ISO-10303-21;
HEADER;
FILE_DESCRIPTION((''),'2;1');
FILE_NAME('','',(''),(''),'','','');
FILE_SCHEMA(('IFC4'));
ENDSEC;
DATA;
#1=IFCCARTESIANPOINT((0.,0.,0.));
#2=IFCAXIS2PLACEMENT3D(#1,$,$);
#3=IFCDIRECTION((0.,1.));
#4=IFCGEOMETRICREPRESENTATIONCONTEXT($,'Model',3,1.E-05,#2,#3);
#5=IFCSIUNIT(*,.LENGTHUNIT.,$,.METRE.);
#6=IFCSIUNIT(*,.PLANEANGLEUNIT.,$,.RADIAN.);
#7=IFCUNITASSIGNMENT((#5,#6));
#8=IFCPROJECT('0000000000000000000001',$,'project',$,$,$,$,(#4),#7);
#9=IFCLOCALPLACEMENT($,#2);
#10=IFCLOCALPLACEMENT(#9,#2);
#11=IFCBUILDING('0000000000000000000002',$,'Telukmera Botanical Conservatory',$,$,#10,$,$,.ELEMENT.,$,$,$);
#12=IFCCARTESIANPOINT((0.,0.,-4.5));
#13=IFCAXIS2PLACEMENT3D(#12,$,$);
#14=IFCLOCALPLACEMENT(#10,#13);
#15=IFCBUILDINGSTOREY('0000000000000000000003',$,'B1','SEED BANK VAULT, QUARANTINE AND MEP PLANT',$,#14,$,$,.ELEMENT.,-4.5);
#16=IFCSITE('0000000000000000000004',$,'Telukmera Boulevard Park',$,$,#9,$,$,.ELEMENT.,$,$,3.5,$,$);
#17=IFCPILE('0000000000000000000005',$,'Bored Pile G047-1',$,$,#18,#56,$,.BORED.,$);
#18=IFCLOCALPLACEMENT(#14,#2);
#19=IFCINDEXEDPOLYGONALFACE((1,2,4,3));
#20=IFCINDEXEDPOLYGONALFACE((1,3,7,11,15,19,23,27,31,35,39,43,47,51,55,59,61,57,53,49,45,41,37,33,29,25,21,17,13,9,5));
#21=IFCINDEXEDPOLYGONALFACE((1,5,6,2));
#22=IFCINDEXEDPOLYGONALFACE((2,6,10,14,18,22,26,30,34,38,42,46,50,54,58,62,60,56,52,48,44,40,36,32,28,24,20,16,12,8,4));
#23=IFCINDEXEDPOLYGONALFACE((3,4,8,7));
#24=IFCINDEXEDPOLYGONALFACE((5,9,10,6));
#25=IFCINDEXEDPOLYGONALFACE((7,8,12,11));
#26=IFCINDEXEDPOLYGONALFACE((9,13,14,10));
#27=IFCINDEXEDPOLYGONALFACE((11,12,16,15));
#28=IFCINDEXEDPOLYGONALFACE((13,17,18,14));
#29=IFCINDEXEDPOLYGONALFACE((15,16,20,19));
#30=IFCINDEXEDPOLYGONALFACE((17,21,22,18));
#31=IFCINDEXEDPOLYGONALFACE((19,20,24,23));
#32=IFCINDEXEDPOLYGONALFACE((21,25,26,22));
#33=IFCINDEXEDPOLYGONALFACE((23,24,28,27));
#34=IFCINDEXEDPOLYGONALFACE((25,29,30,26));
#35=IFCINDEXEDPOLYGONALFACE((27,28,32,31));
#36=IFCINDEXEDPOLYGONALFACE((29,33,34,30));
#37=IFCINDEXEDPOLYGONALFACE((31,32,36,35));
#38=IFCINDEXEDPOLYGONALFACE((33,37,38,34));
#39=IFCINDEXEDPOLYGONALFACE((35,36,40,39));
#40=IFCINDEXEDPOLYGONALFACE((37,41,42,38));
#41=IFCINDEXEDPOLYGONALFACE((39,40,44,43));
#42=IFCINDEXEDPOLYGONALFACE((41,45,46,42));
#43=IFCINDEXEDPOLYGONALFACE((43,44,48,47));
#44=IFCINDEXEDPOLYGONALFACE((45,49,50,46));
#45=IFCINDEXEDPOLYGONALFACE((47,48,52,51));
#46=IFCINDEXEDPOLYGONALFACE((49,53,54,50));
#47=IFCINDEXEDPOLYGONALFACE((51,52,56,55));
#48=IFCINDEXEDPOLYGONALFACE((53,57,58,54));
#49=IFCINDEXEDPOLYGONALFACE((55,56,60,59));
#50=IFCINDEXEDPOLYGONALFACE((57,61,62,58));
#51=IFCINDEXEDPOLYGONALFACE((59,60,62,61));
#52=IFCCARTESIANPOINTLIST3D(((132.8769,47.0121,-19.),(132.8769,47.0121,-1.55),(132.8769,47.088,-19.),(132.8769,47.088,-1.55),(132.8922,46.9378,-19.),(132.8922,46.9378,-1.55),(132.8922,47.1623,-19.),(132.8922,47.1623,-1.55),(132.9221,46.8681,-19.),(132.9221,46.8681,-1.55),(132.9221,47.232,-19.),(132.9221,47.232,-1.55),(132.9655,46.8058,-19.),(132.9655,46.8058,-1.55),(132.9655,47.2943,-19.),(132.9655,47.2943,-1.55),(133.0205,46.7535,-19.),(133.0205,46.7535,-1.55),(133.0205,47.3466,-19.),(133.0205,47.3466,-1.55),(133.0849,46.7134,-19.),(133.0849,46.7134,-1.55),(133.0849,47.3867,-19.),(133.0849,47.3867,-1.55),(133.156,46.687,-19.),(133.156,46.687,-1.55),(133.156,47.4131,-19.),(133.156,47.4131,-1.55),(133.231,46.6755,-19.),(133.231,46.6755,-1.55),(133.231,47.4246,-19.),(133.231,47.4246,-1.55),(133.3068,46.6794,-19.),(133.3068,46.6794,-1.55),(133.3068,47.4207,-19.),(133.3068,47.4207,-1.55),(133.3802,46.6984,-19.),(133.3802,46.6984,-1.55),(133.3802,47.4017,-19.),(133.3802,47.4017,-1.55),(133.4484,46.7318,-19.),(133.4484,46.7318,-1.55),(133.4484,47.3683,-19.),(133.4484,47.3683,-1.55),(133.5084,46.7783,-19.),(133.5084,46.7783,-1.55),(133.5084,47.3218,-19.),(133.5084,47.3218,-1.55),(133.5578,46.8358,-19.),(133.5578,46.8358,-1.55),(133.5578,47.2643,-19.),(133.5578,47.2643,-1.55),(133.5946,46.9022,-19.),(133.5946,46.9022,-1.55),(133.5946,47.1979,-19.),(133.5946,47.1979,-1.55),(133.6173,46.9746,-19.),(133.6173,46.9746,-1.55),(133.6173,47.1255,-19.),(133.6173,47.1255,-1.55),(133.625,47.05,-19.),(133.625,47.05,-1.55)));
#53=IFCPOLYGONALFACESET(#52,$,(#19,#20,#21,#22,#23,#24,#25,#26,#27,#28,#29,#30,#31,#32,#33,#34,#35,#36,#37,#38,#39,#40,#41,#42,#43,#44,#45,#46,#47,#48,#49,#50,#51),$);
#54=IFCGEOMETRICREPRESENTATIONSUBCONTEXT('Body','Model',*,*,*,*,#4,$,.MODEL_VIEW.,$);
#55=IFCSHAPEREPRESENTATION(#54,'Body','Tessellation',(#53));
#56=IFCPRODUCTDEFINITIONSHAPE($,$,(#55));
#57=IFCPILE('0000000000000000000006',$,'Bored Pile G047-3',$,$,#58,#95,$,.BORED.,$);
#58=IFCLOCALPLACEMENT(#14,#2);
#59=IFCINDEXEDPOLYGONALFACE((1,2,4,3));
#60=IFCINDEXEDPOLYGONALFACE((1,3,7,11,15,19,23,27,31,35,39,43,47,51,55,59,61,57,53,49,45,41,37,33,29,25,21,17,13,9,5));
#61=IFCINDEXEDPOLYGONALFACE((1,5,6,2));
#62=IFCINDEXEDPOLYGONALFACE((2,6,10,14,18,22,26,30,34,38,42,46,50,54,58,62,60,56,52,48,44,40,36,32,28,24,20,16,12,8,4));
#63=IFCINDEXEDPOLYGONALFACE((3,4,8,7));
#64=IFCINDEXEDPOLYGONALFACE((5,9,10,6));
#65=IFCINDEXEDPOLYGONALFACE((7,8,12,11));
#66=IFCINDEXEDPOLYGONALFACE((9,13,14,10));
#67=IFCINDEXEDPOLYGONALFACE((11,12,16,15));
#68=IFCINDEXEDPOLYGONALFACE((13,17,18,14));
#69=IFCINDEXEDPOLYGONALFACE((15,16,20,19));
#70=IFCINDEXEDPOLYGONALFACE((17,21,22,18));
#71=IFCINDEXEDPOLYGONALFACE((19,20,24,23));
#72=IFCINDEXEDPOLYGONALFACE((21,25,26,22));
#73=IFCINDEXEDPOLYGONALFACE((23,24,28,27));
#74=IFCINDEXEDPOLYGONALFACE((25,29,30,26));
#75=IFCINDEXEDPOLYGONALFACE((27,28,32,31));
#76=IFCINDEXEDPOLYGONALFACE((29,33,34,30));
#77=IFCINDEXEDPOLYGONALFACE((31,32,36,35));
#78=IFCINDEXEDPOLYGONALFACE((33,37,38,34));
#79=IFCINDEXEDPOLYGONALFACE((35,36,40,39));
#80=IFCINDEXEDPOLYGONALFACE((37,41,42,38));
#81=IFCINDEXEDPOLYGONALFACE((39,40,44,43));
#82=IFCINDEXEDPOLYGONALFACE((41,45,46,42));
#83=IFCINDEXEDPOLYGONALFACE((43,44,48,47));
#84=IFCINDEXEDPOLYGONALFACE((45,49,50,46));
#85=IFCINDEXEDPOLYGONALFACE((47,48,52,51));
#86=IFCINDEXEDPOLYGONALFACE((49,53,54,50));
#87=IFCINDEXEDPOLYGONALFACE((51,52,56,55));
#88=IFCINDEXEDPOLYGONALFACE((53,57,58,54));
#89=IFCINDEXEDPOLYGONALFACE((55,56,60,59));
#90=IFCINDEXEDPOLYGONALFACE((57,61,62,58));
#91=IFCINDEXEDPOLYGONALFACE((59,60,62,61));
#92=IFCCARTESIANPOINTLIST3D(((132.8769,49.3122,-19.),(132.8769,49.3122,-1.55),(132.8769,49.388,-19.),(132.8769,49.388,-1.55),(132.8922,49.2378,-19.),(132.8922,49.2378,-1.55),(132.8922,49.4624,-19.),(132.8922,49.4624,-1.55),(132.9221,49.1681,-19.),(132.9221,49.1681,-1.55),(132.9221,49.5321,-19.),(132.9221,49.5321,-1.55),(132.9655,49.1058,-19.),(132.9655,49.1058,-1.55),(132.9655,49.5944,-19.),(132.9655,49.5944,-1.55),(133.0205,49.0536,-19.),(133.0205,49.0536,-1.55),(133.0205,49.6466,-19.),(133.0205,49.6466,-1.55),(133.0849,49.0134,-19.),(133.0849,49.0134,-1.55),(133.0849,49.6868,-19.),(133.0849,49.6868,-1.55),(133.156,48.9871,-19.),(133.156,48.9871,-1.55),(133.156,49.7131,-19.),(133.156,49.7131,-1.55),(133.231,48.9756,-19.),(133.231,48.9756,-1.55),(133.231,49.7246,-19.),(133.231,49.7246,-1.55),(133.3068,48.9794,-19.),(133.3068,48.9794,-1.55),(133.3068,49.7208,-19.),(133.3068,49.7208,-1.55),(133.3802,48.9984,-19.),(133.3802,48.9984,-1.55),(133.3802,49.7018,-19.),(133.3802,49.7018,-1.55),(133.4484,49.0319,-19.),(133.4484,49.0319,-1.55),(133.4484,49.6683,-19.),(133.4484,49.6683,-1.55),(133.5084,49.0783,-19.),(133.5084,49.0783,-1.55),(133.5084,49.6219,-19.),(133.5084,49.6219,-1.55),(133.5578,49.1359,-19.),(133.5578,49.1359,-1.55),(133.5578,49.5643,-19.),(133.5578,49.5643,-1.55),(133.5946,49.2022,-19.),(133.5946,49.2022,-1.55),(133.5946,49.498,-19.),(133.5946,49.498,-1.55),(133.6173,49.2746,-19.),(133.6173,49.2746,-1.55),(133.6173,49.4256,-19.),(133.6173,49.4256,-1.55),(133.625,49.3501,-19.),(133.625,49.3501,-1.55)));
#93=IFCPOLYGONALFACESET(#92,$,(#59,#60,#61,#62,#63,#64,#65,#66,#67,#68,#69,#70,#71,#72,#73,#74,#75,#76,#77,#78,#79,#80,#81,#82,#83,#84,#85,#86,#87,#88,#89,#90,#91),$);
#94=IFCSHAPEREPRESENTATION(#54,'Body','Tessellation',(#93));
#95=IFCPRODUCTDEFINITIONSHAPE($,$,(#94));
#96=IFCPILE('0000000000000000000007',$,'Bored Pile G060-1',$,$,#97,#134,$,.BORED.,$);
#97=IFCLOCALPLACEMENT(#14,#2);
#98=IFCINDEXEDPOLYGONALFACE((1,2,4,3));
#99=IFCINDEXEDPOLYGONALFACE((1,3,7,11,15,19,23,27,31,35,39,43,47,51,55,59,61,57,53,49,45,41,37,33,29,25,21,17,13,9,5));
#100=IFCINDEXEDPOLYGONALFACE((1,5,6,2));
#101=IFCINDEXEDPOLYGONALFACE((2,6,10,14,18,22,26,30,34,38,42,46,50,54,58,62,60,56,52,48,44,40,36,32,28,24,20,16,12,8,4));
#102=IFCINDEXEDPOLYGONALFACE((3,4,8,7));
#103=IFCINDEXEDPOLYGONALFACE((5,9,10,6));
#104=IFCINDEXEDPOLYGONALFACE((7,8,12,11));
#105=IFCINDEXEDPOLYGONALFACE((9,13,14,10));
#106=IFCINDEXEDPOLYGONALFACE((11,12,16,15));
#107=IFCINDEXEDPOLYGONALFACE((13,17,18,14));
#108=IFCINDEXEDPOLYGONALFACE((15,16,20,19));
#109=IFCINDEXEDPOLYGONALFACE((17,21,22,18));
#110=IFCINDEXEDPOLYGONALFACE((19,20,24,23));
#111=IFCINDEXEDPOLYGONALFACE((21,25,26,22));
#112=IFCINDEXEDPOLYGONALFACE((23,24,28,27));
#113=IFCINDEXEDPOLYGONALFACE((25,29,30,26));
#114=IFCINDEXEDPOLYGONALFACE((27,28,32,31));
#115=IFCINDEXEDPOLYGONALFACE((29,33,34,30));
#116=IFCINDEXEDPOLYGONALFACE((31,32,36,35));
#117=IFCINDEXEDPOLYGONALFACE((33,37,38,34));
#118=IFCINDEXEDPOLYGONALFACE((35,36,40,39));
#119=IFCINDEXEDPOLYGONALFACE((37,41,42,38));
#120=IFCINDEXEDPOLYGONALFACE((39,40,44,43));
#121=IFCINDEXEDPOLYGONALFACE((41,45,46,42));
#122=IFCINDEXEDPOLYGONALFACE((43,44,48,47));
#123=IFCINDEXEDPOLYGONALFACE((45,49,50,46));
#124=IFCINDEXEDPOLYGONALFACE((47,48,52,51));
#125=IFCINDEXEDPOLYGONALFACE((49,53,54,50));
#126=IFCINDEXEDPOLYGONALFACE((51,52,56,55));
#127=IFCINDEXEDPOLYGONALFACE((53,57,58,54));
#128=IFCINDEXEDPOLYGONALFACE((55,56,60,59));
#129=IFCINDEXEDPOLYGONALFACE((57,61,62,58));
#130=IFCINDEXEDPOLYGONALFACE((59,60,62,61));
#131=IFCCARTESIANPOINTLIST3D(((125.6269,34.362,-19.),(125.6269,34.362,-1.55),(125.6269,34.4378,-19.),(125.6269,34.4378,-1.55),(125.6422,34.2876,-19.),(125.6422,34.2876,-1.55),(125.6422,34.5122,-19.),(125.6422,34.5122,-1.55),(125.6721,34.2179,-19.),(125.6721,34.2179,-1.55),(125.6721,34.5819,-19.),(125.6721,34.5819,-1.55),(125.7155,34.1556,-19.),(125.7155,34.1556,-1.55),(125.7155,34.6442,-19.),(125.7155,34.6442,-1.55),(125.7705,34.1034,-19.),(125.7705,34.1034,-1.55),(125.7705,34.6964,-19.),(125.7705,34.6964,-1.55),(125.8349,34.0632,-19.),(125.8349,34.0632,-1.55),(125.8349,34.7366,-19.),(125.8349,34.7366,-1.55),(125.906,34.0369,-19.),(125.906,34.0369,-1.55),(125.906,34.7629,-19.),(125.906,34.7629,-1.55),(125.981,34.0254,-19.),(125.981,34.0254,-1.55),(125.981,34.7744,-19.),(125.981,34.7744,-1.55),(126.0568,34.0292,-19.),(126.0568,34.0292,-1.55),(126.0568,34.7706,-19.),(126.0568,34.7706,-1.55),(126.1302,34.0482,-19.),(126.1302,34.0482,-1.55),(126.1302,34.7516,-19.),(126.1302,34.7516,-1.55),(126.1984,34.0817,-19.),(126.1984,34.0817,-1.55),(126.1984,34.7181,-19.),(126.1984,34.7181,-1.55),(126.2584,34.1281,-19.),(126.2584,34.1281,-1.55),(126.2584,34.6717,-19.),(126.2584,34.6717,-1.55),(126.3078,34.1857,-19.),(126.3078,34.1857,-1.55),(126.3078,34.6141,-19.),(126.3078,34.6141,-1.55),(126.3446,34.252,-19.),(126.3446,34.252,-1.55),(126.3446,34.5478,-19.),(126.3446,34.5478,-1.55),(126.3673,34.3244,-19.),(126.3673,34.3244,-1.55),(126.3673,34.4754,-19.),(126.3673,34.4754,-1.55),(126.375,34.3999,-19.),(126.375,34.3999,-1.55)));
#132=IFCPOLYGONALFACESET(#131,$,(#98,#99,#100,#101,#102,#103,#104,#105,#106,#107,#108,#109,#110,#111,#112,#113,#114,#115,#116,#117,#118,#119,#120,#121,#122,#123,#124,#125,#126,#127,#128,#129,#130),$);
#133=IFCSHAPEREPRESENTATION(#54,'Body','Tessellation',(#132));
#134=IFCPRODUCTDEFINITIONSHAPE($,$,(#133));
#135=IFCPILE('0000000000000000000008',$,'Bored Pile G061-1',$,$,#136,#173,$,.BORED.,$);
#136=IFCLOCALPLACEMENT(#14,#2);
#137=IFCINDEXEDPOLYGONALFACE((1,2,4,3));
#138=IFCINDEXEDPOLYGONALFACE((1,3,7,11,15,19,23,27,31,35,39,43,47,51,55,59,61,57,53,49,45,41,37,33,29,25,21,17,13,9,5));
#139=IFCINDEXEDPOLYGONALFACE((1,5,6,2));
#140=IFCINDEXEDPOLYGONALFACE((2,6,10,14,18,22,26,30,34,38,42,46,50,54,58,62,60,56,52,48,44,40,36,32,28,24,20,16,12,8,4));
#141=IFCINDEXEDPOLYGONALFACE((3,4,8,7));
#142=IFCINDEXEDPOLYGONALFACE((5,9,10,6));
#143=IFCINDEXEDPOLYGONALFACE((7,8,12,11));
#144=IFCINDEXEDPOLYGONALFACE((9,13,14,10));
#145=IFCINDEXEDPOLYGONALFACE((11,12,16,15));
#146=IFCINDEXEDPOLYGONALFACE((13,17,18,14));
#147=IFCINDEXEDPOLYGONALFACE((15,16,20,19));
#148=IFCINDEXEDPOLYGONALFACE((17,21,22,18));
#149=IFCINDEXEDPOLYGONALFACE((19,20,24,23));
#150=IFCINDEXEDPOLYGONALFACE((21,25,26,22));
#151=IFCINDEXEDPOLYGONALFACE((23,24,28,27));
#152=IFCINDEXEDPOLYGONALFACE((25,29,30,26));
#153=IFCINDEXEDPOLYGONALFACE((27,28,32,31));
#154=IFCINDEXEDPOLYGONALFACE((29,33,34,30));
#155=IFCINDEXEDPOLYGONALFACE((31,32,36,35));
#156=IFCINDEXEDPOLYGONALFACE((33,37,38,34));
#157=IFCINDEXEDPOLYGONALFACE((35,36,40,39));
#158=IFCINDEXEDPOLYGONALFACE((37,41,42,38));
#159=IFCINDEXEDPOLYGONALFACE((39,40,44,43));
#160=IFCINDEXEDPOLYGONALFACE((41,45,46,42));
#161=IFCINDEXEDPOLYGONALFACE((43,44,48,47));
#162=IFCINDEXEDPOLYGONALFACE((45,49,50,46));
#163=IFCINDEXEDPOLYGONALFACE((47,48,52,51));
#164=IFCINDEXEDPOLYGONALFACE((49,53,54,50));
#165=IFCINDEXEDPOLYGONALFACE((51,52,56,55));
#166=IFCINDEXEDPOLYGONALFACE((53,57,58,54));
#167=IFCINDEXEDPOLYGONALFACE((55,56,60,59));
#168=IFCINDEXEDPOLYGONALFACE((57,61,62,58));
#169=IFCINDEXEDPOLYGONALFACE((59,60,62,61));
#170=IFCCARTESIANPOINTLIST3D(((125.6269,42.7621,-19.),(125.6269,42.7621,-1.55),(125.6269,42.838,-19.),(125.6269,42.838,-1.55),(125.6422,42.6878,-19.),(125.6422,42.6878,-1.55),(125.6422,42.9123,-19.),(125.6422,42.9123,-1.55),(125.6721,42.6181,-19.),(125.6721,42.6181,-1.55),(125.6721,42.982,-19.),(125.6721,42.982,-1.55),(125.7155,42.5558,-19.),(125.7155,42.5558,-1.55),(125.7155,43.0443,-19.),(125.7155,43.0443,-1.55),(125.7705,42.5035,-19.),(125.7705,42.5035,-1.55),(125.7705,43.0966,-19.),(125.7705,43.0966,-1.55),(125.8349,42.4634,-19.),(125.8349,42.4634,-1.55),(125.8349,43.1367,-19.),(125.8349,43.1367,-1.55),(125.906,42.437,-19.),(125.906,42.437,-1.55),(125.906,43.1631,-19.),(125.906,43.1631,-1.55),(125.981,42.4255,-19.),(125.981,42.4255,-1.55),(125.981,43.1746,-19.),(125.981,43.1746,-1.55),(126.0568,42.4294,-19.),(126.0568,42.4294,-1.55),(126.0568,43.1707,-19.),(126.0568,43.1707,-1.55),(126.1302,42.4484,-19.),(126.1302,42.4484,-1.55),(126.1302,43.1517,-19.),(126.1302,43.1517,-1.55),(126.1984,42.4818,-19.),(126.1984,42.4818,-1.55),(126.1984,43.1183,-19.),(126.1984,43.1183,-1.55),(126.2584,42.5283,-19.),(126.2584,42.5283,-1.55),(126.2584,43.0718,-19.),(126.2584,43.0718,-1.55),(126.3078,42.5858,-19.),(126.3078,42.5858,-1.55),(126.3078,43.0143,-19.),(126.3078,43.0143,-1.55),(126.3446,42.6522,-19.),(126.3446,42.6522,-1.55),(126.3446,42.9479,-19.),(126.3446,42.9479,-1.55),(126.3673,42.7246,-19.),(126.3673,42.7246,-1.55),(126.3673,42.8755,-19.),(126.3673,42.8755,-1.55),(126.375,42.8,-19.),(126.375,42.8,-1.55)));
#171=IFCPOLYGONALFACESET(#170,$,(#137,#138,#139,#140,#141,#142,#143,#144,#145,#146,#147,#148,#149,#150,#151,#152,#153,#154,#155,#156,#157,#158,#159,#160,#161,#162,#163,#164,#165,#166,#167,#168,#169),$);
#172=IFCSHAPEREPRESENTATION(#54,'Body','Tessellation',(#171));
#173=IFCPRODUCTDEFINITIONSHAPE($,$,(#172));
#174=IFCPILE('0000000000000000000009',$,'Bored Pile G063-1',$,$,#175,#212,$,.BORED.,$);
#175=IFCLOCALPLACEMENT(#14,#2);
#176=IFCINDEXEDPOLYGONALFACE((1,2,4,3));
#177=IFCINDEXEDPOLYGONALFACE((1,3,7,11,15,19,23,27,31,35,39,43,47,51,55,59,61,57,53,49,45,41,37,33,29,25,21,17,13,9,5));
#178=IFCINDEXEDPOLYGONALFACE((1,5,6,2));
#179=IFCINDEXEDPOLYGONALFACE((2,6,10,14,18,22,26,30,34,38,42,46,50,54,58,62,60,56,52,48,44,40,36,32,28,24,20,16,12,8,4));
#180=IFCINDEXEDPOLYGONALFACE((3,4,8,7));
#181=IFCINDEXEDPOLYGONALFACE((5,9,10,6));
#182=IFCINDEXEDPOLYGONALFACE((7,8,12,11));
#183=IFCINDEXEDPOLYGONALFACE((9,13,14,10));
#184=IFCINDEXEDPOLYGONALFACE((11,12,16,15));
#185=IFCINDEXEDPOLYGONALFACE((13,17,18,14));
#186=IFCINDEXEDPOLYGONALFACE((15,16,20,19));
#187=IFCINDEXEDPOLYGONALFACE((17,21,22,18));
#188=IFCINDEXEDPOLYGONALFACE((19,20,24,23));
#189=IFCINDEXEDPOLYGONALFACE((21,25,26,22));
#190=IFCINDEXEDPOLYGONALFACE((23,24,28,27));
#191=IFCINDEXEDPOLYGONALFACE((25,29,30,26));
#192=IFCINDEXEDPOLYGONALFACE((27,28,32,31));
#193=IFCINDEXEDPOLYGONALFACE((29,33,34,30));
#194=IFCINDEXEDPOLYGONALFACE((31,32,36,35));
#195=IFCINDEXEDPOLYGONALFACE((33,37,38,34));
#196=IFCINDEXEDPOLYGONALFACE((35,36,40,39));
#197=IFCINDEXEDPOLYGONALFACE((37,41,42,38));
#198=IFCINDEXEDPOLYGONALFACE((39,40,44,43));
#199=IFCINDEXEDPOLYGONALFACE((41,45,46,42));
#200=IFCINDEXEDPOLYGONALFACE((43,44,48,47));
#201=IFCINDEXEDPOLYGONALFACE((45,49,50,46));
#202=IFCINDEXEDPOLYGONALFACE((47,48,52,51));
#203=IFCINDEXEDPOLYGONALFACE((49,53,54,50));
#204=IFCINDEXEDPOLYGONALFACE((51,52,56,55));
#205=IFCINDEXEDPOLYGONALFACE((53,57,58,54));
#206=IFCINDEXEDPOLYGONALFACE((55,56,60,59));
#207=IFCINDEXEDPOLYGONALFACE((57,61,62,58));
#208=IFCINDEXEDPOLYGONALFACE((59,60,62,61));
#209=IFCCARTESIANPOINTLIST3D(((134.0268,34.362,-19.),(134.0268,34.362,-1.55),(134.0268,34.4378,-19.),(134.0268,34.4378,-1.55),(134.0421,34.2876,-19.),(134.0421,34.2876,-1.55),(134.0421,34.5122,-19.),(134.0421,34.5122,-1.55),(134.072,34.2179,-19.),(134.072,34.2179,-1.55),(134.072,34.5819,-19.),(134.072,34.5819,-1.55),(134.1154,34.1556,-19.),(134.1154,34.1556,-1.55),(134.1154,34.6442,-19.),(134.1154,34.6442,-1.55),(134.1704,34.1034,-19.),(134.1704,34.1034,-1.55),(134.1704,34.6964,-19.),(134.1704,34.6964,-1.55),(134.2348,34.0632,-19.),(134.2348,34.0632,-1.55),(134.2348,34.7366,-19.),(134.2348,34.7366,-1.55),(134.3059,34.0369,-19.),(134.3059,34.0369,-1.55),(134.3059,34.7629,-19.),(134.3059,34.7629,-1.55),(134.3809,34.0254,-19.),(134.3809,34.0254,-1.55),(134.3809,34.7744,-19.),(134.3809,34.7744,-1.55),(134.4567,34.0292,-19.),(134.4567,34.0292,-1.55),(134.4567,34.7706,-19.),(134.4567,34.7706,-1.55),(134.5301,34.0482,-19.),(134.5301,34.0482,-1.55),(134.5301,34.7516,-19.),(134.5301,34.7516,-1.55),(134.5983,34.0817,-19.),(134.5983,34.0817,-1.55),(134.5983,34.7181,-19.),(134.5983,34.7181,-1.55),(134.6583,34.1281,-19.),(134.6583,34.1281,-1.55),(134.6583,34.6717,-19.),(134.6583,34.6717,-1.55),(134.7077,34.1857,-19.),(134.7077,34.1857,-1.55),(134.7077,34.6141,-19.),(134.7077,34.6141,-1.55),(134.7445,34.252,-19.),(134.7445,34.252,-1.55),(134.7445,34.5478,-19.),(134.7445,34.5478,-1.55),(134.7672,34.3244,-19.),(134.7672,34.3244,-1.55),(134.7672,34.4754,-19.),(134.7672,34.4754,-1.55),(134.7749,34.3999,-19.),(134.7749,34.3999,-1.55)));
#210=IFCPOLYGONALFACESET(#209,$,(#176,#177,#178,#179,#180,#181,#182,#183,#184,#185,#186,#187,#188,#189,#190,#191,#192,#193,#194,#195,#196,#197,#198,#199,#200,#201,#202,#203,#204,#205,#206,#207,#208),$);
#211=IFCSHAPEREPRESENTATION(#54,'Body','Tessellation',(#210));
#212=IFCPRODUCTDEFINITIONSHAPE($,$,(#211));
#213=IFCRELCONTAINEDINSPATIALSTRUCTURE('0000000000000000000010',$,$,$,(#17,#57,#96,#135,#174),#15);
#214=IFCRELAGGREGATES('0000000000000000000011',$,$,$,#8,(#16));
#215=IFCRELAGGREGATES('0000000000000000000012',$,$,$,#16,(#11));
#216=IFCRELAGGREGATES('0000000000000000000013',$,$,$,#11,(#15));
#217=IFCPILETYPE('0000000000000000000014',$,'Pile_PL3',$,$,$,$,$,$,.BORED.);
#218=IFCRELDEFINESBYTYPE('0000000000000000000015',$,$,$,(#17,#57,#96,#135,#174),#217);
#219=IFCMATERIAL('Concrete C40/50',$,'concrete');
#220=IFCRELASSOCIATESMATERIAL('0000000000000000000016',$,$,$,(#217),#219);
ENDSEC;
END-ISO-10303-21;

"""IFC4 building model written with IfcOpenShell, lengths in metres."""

from ifc_helpers import new_model, si_unit, direction, frame, origin, origin_2d, place, context, subcontext, project, spatial, circle, extrude, material, material_profile, profile_set, type_object, element, save


model = new_model("IFC4")

# Units and contexts
model_context = context("Model", 3, precision=1e-05, world=origin(), true_north=direction((0.0, 1.0)))
body_context = subcontext(model_context, "Body", "Model", "MODEL_VIEW")
ifc_project = project(units=[si_unit("LENGTHUNIT", "METRE"), si_unit("PLANEANGLEUNIT", "RADIAN")], contexts=[model_context])

# Site, building, storey
site_placement = place(None, origin())
site = spatial("IfcSite", under=ifc_project, at=site_placement, Name="Telukmera Boulevard Park", CompositionType="ELEMENT", RefElevation=3.5)
building_placement = place(site_placement, origin())
building = spatial("IfcBuilding", under=site, at=building_placement, Name="Telukmera Botanical Conservatory", CompositionType="ELEMENT")
storey_placement = place(building_placement, frame((0.0, 0.0, -4.5)))
storey = spatial("IfcBuildingStorey", under=building, at=storey_placement, Name="B1", Description="SEED BANK VAULT, QUARANTINE AND MEP PLANT", CompositionType="ELEMENT", Elevation=-4.5)

# Shared definitions
ifc_material_1 = material(Name="Concrete C40/50", Category="concrete")

# Piles
ifc_material_profile_1 = material_profile(ifc_material_1, circle(Radius=0.375, at=origin_2d()), Name="PILE D750")
ifc_profile_set_1 = profile_set([ifc_material_profile_1], Name="Concrete C40/50")
pile_type = type_object("IfcPileType", Name="Pile_PL3", PredefinedType="BORED", material=ifc_profile_set_1)
for number, where, z_axis, x_axis, name in (
    (1, (133.25, 47.05, -1.55), (0.0, 0.0, -1.0), (1.0, 0.0, 0.0), "Bored Pile G047-1"),
    (2, (133.25, 49.3501, -1.55), (0.0, 0.0, -1.0), (1.0, 0.0, 0.0), "Bored Pile G047-3"),
    (3, (126.0, 34.3999, -1.55), (0.0, 0.0, -1.0), (1.0, 0.0, 0.0), "Bored Pile G060-1"),
    (4, (126.0, 42.8, -1.55), (0.0, 0.0, -1.0), (1.0, 0.0, 0.0), "Bored Pile G061-1"),
    (5, (134.3999, 34.3999, -1.55), (0.0, 0.0, -1.0), (1.0, 0.0, 0.0), "Bored Pile G063-1"),
):
    element("IfcPile", number, at=place(storey_placement, frame(where, z_axis=z_axis, x_axis=x_axis)), inside=storey, type_object=pile_type, Name=name, PredefinedType="BORED", context=body_context, shape_type="SweptSolid", body=[
        extrude(circle(Radius=0.375, at=origin_2d()), origin(), (0.0, 0.0, 1.0), 17.45),
    ])

save(model, "model.ifc")
